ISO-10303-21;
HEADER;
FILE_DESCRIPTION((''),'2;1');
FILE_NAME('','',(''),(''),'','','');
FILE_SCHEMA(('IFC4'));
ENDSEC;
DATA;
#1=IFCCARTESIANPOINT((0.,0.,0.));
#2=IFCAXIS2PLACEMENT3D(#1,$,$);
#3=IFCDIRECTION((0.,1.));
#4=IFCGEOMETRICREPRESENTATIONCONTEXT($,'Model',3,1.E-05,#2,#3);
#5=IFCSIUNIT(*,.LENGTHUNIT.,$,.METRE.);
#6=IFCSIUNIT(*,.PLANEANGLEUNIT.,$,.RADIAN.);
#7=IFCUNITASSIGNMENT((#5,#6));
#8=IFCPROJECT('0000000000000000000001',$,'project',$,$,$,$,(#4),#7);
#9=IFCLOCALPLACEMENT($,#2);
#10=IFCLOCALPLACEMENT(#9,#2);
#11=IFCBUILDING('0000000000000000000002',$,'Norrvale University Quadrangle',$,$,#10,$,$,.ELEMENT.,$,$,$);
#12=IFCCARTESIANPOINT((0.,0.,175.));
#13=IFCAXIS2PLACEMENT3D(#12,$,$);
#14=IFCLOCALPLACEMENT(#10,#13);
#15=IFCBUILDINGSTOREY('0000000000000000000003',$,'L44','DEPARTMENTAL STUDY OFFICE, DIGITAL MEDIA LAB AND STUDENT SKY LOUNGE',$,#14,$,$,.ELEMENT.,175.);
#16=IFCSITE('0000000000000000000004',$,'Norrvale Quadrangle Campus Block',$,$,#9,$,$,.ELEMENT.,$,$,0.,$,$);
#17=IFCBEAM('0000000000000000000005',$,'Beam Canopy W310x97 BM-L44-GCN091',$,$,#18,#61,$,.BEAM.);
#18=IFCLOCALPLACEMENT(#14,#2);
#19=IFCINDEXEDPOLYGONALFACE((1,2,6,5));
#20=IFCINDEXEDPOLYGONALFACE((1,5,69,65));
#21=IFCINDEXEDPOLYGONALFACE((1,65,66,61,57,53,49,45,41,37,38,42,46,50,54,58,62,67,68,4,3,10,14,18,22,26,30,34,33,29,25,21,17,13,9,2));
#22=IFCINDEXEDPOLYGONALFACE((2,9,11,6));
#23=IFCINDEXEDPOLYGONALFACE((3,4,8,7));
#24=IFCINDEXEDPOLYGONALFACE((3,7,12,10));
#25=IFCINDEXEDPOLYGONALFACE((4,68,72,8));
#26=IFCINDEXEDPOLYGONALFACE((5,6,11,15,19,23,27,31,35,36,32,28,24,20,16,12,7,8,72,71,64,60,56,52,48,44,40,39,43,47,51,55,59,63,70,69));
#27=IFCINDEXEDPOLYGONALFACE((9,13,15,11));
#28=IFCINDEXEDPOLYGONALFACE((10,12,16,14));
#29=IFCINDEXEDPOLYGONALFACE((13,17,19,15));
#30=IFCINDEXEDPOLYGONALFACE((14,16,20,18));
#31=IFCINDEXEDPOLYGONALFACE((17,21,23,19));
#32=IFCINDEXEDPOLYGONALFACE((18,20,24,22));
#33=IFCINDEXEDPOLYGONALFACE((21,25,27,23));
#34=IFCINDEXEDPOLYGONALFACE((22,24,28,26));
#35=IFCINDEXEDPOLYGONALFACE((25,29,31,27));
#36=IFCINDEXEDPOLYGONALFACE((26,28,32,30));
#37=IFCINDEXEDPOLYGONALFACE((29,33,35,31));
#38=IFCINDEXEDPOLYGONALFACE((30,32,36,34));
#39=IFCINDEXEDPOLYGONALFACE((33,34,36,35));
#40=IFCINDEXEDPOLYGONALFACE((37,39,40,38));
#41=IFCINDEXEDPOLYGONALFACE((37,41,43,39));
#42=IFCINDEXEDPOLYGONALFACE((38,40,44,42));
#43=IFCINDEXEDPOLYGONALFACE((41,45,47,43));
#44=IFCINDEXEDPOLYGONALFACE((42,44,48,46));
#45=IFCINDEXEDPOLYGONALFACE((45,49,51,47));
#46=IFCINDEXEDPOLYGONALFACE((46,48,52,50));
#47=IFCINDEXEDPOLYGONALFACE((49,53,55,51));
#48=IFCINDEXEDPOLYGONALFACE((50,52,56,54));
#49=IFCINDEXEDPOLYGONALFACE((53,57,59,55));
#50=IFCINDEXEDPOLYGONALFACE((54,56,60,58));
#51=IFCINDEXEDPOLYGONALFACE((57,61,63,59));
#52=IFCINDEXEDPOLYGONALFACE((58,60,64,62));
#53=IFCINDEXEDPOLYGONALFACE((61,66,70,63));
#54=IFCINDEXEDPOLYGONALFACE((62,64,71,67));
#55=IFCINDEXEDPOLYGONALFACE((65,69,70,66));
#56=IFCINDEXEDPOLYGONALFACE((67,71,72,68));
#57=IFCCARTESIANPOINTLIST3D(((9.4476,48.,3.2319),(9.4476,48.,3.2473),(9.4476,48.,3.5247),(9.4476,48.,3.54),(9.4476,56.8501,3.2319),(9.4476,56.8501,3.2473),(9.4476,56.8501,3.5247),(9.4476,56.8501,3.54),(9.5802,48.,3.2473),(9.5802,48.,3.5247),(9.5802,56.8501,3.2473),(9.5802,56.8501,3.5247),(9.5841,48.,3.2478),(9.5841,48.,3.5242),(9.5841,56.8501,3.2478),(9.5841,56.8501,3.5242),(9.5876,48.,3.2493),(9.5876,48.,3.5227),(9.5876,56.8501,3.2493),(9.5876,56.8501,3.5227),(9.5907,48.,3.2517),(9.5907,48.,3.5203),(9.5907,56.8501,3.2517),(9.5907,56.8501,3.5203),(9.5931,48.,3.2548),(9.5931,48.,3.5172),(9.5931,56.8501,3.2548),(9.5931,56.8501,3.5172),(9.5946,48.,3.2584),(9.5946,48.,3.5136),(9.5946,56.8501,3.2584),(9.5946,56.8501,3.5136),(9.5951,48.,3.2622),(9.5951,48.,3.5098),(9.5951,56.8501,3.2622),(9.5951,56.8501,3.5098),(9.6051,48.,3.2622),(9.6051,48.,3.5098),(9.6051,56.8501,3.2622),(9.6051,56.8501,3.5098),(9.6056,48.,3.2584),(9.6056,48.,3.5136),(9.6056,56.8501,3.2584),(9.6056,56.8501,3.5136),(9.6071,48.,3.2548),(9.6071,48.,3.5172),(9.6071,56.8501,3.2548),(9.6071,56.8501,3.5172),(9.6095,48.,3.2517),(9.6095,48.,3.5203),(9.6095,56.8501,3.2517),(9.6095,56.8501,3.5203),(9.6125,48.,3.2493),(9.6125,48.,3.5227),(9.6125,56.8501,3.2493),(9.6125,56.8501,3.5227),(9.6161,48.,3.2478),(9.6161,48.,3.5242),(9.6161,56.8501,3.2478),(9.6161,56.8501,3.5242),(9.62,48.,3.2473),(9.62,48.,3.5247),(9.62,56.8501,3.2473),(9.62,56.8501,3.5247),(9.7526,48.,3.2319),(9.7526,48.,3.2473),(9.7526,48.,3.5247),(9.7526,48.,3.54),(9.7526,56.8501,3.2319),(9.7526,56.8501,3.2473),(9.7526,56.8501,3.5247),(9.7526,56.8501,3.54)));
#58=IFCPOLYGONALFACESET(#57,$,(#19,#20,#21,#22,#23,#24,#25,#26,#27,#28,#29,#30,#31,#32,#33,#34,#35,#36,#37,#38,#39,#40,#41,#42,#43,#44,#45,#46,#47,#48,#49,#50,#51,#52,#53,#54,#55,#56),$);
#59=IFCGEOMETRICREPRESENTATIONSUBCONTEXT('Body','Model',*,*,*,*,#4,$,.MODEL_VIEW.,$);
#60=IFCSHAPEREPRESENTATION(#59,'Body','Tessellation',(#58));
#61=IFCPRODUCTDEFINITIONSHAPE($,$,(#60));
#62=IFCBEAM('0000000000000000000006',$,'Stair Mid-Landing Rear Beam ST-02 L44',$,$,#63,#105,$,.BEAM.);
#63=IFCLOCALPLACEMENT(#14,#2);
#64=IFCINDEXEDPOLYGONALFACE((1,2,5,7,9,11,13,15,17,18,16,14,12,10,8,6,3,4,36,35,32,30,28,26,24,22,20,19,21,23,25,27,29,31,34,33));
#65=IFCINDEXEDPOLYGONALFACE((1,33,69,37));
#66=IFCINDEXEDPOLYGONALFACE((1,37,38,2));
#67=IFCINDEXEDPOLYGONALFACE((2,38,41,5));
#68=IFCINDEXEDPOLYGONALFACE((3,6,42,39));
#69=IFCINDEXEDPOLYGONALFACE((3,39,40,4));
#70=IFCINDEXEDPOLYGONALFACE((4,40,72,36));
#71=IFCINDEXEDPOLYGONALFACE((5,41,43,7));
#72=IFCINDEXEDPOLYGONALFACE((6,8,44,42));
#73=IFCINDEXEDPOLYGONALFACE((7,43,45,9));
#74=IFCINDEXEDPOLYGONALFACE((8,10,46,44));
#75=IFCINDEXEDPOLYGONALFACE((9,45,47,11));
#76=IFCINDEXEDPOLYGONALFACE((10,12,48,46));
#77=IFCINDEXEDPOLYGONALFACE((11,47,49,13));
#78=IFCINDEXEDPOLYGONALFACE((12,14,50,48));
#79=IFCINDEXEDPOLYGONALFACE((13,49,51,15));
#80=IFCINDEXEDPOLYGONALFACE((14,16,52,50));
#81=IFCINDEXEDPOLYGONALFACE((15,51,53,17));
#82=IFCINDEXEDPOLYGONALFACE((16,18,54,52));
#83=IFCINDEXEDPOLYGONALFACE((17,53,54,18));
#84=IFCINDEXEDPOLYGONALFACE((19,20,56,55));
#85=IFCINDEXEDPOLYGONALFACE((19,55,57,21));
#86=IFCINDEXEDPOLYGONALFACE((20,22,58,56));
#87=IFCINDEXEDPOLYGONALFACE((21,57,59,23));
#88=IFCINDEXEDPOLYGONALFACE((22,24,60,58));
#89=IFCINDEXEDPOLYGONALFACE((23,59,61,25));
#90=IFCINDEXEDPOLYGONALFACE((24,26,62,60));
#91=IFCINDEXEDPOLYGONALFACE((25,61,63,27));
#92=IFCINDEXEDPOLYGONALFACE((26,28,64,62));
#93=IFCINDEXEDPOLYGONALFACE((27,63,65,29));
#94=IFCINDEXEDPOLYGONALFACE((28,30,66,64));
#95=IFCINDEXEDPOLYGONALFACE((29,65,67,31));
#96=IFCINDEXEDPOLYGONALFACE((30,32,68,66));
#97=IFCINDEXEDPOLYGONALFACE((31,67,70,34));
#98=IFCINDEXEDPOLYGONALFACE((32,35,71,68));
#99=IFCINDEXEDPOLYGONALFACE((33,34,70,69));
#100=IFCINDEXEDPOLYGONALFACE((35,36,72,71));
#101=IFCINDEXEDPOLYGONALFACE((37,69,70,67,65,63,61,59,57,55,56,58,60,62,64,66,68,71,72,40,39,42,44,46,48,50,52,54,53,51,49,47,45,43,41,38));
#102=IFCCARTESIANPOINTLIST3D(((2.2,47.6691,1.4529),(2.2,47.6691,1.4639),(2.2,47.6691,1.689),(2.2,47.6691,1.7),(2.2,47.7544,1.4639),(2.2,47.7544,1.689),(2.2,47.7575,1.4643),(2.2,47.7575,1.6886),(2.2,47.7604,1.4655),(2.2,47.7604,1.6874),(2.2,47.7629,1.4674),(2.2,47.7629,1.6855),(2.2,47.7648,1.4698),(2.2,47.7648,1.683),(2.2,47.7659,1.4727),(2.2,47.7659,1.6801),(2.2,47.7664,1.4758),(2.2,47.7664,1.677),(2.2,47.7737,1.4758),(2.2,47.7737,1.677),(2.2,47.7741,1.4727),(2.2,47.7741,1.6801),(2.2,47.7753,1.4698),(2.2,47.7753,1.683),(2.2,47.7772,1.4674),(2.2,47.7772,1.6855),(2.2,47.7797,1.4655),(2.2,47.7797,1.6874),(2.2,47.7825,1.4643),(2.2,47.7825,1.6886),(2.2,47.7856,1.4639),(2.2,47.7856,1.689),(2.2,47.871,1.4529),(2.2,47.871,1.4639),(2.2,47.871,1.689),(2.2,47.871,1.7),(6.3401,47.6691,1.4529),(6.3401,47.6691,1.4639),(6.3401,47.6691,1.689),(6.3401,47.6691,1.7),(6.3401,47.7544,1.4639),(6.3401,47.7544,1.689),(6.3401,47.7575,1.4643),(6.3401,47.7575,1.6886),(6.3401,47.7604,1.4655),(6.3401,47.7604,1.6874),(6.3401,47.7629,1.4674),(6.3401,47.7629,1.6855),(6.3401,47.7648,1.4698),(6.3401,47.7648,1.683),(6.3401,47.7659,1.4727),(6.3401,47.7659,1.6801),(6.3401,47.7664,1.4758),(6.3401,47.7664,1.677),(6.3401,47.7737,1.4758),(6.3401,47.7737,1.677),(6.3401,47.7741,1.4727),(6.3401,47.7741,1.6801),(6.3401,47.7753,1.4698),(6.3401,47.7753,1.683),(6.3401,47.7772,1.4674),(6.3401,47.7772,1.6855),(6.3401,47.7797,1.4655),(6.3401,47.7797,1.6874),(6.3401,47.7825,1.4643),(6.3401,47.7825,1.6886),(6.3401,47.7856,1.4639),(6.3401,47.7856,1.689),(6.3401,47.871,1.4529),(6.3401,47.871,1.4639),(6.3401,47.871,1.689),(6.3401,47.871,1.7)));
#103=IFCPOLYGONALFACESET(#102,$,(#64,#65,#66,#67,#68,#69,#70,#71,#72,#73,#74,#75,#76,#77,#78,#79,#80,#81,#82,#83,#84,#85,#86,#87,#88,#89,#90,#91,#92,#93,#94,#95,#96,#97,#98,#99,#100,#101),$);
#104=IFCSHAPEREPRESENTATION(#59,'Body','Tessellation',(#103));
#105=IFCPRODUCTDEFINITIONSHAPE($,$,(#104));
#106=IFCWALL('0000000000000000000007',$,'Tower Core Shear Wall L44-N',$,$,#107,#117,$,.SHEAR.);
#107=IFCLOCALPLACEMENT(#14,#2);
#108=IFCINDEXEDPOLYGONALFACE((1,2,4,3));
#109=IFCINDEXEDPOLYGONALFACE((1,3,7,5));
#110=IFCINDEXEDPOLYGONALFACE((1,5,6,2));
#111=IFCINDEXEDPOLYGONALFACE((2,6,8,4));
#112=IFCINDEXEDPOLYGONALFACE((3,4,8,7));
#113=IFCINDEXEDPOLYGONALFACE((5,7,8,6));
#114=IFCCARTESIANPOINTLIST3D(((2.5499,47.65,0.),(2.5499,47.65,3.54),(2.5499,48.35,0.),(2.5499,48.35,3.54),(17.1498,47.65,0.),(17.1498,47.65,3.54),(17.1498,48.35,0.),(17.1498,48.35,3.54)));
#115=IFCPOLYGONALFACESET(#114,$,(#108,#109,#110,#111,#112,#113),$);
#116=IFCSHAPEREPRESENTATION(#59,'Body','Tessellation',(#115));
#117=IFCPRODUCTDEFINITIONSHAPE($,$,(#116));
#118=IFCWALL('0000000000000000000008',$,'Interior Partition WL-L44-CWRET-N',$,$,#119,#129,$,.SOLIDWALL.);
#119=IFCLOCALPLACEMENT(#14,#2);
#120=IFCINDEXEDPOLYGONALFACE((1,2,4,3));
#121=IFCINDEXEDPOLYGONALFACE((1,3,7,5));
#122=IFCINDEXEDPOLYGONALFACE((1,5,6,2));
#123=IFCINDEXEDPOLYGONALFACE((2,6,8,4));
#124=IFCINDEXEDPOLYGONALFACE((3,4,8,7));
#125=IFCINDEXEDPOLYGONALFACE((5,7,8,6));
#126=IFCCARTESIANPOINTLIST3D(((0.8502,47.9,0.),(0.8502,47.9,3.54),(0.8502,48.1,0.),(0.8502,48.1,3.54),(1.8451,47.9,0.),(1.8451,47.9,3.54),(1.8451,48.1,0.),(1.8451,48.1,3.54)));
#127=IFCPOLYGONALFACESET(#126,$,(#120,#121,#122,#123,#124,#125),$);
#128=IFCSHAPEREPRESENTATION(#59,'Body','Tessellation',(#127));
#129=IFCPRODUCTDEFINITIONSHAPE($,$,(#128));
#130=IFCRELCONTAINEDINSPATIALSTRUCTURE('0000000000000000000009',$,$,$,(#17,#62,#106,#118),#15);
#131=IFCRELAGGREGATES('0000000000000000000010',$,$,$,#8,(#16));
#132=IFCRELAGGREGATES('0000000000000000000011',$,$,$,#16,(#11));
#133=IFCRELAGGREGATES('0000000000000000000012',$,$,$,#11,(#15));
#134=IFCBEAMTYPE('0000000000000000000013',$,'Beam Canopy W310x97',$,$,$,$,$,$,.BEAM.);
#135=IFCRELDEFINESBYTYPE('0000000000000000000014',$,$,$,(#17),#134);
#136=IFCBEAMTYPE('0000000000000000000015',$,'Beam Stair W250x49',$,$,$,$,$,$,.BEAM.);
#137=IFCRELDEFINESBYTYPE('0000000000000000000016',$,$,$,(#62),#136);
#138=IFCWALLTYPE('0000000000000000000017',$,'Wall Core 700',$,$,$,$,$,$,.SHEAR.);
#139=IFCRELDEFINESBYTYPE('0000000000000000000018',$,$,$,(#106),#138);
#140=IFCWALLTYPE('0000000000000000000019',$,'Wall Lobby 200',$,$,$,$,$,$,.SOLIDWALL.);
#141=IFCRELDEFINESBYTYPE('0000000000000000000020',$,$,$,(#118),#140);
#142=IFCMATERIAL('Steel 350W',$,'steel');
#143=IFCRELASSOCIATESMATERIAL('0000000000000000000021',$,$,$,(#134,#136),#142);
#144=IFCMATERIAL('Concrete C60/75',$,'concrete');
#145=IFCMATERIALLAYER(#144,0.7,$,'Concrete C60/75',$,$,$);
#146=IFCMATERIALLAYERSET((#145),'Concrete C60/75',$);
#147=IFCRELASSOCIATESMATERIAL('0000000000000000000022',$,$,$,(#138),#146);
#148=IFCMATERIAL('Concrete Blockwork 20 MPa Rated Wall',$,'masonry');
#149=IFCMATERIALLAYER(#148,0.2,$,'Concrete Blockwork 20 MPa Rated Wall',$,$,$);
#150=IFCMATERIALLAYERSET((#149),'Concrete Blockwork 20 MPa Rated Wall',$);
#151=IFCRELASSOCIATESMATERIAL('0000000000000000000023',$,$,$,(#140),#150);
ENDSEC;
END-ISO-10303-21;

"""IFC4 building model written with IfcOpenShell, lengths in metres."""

from ifc_helpers import new_model, si_unit, direction, frame, frame_2d, origin, origin_2d, place, context, subcontext, project, spatial, rectangle, i_section, extrude, material, layer, layer_set, material_profile, profile_set, type_object, element, save


model = new_model("IFC4")

# Units and contexts
model_context = context("Model", 3, precision=1e-05, world=origin(), true_north=direction((0.0, 1.0)))
body_context = subcontext(model_context, "Body", "Model", "MODEL_VIEW")
ifc_project = project(units=[si_unit("LENGTHUNIT", "METRE"), si_unit("PLANEANGLEUNIT", "RADIAN")], contexts=[model_context])

# Site, building, storey
site_placement = place(None, origin())
site = spatial("IfcSite", under=ifc_project, at=site_placement, Name="Norrvale Quadrangle Campus Block", CompositionType="ELEMENT", RefElevation=0.0)
building_placement = place(site_placement, origin())
building = spatial("IfcBuilding", under=site, at=building_placement, Name="Norrvale University Quadrangle", CompositionType="ELEMENT")
storey_placement = place(building_placement, frame((0.0, 0.0, 175.0)))
storey = spatial("IfcBuildingStorey", under=building, at=storey_placement, Name="L44", Description="DEPARTMENTAL STUDY OFFICE, DIGITAL MEDIA LAB AND STUDENT SKY LOUNGE", CompositionType="ELEMENT", Elevation=175.0)

# Shared definitions
ifc_material_1 = material(Name="Concrete C60/75", Category="concrete")

# Beams
ifc_material_2 = material(Name="Steel 350W", Category="steel")
ifc_material_profile_1 = material_profile(ifc_material_2, i_section(OverallWidth=0.3049, OverallDepth=0.3081, WebThickness=0.01, FlangeThickness=0.0154, FilletRadius=0.0149, at=origin_2d()), Name="Steel 350W")
ifc_profile_set_1 = profile_set([ifc_material_profile_1], Name="Steel 350W")
beam_type_1 = type_object("IfcBeamType", Name="Beam Canopy W310x97", PredefinedType="BEAM", material=ifc_profile_set_1)
beam_1_placement = place(storey_placement, frame((9.6001, 48.0, 3.386), z_axis=(0.0, 1.0, 0.0), x_axis=(-1.0, 0.0, 0.0)))
element("IfcBeam", 1, at=beam_1_placement, inside=storey, type_object=beam_type_1, Name="Beam Canopy W310x97 BM-L44-GCN091", PredefinedType="BEAM", context=body_context, shape_type="SweptSolid", body=[
    extrude(i_section(OverallWidth=0.3049, OverallDepth=0.3081, WebThickness=0.01, FlangeThickness=0.0154, FilletRadius=0.0149, at=origin_2d()), origin(), (0.0, 0.0, 1.0), 8.8501),
])
ifc_material_profile_2 = material_profile(ifc_material_2, i_section(OverallWidth=0.2019, OverallDepth=0.2471, WebThickness=0.0073, FlangeThickness=0.011, FilletRadius=0.012, at=origin_2d()), Name="Steel 350W")
ifc_profile_set_2 = profile_set([ifc_material_profile_2], Name="Steel 350W")
beam_type_2 = type_object("IfcBeamType", Name="Beam Stair W250x49", PredefinedType="BEAM", material=ifc_profile_set_2)
beam_2_placement = place(storey_placement, frame((2.2, 47.77, 1.5764), z_axis=(1.0, 0.0, 0.0), x_axis=(0.0, 1.0, 0.0)))
element("IfcBeam", 2, at=beam_2_placement, inside=storey, type_object=beam_type_2, Name="Stair Mid-Landing Rear Beam ST-02 L44", PredefinedType="BEAM", context=body_context, shape_type="SweptSolid", body=[
    extrude(i_section(OverallWidth=0.2019, OverallDepth=0.2471, WebThickness=0.0073, FlangeThickness=0.011, FilletRadius=0.012, at=origin_2d()), origin(), (0.0, 0.0, 1.0), 4.1401),
])

# Walls
ifc_layer_1 = layer(ifc_material_1, 0.7, Name="Concrete C60/75")
ifc_layer_set_1 = layer_set([ifc_layer_1], Name="Concrete C60/75")
wall_type_1 = type_object("IfcWallType", Name="Wall Core 700", PredefinedType="SHEAR", material=ifc_layer_set_1)
wall_1_placement = place(storey_placement, frame((2.55, 48.0, 0.0), z_axis=(0.0, 0.0, 1.0), x_axis=(1.0, 0.0, 0.0)))
element("IfcWall", 3, at=wall_1_placement, inside=storey, type_object=wall_type_1, Name="Tower Core Shear Wall L44-N", PredefinedType="SHEAR", context=body_context, shape_type="SweptSolid", body=[
    extrude(rectangle(XDim=14.5999, YDim=0.7, at=frame_2d((7.2998, 0.0))), origin(), (0.0, 0.0, 1.0), 3.54),
])
ifc_material_3 = material(Name="Concrete Blockwork 20 MPa Rated Wall", Category="masonry")
ifc_layer_2 = layer(ifc_material_3, 0.2, Name="Concrete Blockwork 20 MPa Rated Wall")
ifc_layer_set_2 = layer_set([ifc_layer_2], Name="Concrete Blockwork 20 MPa Rated Wall")
wall_type_2 = type_object("IfcWallType", Name="Wall Lobby 200", PredefinedType="SOLIDWALL", material=ifc_layer_set_2)
wall_2_placement = place(storey_placement, frame((0.8501, 48.0, 0.0), z_axis=(0.0, 0.0, 1.0), x_axis=(1.0, 0.0, 0.0)))
element("IfcWall", 4, at=wall_2_placement, inside=storey, type_object=wall_type_2, Name="Interior Partition WL-L44-CWRET-N", PredefinedType="SOLIDWALL", context=body_context, shape_type="SweptSolid", body=[
    extrude(rectangle(XDim=0.9949, YDim=0.2, at=frame_2d((0.4976, 0.0))), origin(), (0.0, 0.0, 1.0), 3.54),
])

save(model, "model.ifc")
